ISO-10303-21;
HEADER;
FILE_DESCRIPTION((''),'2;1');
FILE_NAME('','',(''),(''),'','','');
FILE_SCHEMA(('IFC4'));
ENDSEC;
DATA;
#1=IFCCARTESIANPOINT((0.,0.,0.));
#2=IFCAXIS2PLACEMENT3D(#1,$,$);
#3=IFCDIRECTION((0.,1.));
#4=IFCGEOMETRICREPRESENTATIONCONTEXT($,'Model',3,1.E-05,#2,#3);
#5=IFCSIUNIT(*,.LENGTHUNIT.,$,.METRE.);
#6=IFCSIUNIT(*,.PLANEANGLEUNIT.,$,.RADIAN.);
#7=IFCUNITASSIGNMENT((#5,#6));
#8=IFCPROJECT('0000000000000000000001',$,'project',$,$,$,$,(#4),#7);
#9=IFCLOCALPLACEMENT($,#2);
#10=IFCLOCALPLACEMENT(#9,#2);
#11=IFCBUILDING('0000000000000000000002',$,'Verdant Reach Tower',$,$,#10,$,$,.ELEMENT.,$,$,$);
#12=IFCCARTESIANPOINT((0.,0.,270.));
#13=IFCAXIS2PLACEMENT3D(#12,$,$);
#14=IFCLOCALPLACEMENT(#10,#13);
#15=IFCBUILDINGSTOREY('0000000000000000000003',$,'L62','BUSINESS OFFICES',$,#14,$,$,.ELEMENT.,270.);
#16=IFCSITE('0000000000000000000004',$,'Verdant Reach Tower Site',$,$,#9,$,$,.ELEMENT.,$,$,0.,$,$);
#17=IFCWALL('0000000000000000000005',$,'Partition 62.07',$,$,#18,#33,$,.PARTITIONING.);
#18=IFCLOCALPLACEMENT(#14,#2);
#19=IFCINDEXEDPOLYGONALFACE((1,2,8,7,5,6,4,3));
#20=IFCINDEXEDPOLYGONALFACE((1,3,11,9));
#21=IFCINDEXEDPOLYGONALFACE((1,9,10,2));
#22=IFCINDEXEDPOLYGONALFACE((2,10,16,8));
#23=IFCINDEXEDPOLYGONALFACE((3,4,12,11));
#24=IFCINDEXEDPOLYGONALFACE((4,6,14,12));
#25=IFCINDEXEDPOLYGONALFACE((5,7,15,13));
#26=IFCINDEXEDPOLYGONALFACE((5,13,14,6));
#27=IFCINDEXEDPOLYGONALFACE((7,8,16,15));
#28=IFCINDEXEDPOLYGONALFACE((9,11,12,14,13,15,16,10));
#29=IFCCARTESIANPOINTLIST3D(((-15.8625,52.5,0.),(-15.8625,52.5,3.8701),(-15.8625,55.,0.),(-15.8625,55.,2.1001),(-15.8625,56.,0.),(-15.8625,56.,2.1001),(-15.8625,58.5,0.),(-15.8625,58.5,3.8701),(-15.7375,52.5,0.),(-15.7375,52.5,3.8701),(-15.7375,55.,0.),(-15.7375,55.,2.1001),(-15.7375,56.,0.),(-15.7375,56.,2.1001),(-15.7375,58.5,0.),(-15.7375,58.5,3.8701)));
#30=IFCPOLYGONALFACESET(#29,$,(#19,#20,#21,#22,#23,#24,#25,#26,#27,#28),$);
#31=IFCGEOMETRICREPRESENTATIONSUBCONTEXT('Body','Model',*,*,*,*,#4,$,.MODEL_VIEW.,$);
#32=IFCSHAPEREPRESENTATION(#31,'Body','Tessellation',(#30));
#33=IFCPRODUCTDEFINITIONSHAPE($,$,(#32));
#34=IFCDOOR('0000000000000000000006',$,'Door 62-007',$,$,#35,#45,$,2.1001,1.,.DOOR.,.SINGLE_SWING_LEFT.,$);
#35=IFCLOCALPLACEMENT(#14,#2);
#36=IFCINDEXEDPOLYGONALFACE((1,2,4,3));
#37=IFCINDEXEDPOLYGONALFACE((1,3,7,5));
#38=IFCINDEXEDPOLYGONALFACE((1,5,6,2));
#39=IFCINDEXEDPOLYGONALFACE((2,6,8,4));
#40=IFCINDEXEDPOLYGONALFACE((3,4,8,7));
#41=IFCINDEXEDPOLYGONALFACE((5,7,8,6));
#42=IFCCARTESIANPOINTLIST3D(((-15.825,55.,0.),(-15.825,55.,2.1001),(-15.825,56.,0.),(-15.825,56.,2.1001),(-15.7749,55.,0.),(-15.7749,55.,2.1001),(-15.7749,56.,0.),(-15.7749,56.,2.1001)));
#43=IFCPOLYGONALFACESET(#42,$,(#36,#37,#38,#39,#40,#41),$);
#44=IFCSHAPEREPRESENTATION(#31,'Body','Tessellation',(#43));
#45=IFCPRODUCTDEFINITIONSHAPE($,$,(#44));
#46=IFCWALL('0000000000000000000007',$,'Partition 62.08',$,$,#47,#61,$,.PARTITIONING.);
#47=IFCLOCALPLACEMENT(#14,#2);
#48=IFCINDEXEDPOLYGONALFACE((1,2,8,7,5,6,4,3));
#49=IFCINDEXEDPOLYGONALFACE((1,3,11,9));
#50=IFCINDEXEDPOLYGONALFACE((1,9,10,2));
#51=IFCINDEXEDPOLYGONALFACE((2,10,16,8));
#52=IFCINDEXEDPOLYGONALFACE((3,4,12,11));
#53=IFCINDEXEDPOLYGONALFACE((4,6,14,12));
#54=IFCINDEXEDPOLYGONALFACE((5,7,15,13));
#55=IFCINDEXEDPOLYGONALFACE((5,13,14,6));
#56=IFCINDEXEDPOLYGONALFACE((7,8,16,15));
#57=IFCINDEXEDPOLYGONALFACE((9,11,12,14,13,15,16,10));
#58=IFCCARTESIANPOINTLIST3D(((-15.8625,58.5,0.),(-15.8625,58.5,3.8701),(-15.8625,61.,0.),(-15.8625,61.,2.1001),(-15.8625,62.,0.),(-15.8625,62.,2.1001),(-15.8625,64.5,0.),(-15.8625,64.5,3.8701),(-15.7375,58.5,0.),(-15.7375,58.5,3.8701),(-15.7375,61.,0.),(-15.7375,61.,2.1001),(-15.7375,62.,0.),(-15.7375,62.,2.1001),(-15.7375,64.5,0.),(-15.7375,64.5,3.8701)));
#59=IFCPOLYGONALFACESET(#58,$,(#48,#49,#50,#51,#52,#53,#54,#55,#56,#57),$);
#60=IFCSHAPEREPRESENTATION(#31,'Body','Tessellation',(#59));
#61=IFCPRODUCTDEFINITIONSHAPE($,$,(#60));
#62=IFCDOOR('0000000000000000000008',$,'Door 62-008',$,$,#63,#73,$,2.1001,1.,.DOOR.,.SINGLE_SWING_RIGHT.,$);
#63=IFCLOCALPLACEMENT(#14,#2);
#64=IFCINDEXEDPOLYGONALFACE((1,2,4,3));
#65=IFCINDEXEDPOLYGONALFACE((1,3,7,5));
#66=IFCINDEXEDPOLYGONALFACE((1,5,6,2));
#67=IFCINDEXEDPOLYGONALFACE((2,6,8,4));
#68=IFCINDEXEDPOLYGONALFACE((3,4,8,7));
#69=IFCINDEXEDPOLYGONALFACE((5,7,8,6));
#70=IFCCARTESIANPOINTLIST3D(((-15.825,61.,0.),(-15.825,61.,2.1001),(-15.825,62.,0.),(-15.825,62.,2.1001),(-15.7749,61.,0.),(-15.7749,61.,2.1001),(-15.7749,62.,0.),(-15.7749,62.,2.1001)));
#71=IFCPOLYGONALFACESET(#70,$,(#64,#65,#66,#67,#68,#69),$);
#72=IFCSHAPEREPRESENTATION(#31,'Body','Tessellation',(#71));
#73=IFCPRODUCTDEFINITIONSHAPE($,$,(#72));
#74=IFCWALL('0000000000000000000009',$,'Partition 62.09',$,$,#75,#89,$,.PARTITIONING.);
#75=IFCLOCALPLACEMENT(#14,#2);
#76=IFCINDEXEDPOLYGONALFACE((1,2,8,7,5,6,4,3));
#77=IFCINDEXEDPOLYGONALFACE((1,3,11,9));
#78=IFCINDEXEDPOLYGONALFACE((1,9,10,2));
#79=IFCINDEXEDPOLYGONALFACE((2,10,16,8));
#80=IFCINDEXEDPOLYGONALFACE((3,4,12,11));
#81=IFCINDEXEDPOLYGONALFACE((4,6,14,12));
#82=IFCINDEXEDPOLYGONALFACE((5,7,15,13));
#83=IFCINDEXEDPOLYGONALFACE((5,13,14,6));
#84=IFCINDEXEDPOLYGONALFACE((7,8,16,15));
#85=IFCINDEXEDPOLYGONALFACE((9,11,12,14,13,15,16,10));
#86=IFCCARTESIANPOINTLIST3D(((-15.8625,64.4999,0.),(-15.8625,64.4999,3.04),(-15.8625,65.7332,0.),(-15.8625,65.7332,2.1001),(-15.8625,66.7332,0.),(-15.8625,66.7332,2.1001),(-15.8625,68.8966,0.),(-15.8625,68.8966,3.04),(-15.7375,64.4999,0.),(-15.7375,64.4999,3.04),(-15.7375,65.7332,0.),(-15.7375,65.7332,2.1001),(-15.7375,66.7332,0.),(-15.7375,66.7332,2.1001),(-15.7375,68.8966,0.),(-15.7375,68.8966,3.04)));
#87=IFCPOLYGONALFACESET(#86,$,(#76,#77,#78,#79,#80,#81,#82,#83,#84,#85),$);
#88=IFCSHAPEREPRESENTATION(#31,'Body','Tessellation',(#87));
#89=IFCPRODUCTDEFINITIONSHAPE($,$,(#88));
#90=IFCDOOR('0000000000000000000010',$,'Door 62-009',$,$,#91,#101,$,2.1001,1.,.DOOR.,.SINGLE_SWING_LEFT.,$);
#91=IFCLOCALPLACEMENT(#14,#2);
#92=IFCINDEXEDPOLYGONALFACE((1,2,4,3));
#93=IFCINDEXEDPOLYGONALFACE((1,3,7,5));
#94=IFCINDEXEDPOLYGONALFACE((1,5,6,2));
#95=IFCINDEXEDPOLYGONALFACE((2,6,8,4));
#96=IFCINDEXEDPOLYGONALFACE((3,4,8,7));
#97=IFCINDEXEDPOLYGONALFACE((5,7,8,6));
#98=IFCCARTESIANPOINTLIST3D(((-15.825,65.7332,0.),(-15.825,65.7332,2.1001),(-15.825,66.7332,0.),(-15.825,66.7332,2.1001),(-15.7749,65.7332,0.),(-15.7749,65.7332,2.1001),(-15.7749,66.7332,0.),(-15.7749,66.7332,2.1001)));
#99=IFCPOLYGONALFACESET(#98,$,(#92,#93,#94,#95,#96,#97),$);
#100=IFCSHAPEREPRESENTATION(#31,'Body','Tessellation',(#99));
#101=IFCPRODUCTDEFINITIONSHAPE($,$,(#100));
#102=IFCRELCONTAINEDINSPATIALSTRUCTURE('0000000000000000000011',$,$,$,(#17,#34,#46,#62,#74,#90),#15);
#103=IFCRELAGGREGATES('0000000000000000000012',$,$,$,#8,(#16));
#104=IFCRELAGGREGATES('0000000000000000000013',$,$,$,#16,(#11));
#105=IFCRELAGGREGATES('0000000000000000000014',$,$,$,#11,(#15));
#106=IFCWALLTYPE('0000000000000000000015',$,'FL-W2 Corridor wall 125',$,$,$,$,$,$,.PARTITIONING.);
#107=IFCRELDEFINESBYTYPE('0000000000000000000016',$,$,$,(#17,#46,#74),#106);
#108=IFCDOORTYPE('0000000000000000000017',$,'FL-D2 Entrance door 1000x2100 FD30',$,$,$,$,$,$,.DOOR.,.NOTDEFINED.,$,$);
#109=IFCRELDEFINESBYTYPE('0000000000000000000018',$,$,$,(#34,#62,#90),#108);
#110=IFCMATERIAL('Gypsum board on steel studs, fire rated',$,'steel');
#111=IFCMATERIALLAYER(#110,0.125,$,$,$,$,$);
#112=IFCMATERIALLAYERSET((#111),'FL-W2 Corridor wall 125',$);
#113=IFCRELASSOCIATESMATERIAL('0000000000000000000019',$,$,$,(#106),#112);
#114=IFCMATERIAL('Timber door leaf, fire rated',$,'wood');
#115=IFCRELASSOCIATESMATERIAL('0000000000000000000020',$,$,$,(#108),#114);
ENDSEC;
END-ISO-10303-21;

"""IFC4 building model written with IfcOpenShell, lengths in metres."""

from ifc_helpers import new_model, si_unit, direction, frame, frame_2d, origin, place, context, subcontext, project, spatial, rectangle, extrude, material, layer, layer_set, type_object, element, fill, save


model = new_model("IFC4")

# Units and contexts
model_context = context("Model", 3, precision=1e-05, world=origin(), true_north=direction((0.0, 1.0)))
body_context = subcontext(model_context, "Body", "Model", "MODEL_VIEW")
ifc_project = project(units=[si_unit("LENGTHUNIT", "METRE"), si_unit("PLANEANGLEUNIT", "RADIAN")], contexts=[model_context])

# Site, building, storey
site_placement = place(None, origin())
site = spatial("IfcSite", under=ifc_project, at=site_placement, Name="Verdant Reach Tower Site", CompositionType="ELEMENT", RefElevation=0.0)
building_placement = place(site_placement, origin())
building = spatial("IfcBuilding", under=site, at=building_placement, Name="Verdant Reach Tower", CompositionType="ELEMENT")
storey_placement = place(building_placement, frame((0.0, 0.0, 270.0)))
storey = spatial("IfcBuildingStorey", under=building, at=storey_placement, Name="L62", Description="BUSINESS OFFICES", CompositionType="ELEMENT", Elevation=270.0)

# Walls, openings, doors
ifc_material_1 = material(Name="Gypsum board on steel studs, fire rated", Category="steel")
ifc_layer_1 = layer(ifc_material_1, 0.125)
ifc_layer_set_1 = layer_set([ifc_layer_1], Name="FL-W2 Corridor wall 125")
wall_type_1 = type_object("IfcWallType", Name="FL-W2 Corridor wall 125", PredefinedType="PARTITIONING", material=ifc_layer_set_1)
wall_1_placement = place(storey_placement, frame((-15.8, 52.5, 0.0), z_axis=(0.0, 0.0, 1.0), x_axis=(0.0, 1.0, 0.0)))
wall_1 = element("IfcWall", 1, at=wall_1_placement, inside=storey, type_object=wall_type_1, Name="Partition 62.07", PredefinedType="PARTITIONING", context=body_context, shape_type="SweptSolid", body=[
    extrude(rectangle(XDim=6.0, YDim=0.125, at=frame_2d((3.0, 0.0))), origin(), (0.0, 0.0, 1.0), 3.8701),
])
opening_1_placement = place(wall_1_placement, frame((2.5, 0.0, 0.0)))
opening_1 = element("IfcOpeningElement", 2, at=opening_1_placement, cuts=wall_1, PredefinedType="OPENING", context=body_context, shape_type="SweptSolid", body=[
    extrude(rectangle(XDim=1.0, YDim=2.1001, at=frame_2d((0.5, 1.05))), frame((0.0, 0.0725, 0.0), z_axis=(0.0, -1.0, 0.0), x_axis=(1.0, 0.0, 0.0)), (0.0, 0.0, 1.0), 0.145),
])
ifc_material_2 = material(Name="Timber door leaf, fire rated", Category="wood")
door_type = type_object("IfcDoorType", Name="FL-D2 Entrance door 1000x2100 FD30", OperationType="NOTDEFINED", PredefinedType="DOOR", material=ifc_material_2)
door_1_placement = place(opening_1_placement, origin())
door_1 = element("IfcDoor", 3, at=door_1_placement, inside=storey, type_object=door_type, Name="Door 62-007", OperationType="SINGLE_SWING_LEFT", OverallHeight=2.1001, OverallWidth=1.0, PredefinedType="DOOR", context=body_context, shape_type="SweptSolid", body=[
    extrude(rectangle(XDim=1.0, YDim=2.1001, at=frame_2d((0.5, 1.05))), frame((0.0, 0.0249, 0.0), z_axis=(0.0, -1.0, 0.0), x_axis=(1.0, 0.0, 0.0)), (0.0, 0.0, 1.0), 0.05),
])
fill(opening_1, door_1)
wall_2_placement = place(storey_placement, frame((-15.8, 58.5, 0.0), z_axis=(0.0, 0.0, 1.0), x_axis=(0.0, 1.0, 0.0)))
wall_2 = element("IfcWall", 4, at=wall_2_placement, inside=storey, type_object=wall_type_1, Name="Partition 62.08", PredefinedType="PARTITIONING", context=body_context, shape_type="SweptSolid", body=[
    extrude(rectangle(XDim=6.0, YDim=0.125, at=frame_2d((3.0, 0.0))), origin(), (0.0, 0.0, 1.0), 3.8701),
])
opening_2_placement = place(wall_2_placement, frame((2.5, 0.0, 0.0)))
opening_2 = element("IfcOpeningElement", 5, at=opening_2_placement, cuts=wall_2, PredefinedType="OPENING", context=body_context, shape_type="SweptSolid", body=[
    extrude(rectangle(XDim=1.0, YDim=2.1001, at=frame_2d((0.5, 1.05))), frame((0.0, 0.0725, 0.0), z_axis=(0.0, -1.0, 0.0), x_axis=(1.0, 0.0, 0.0)), (0.0, 0.0, 1.0), 0.145),
])
door_2_placement = place(opening_2_placement, origin())
door_2 = element("IfcDoor", 6, at=door_2_placement, inside=storey, type_object=door_type, Name="Door 62-008", OperationType="SINGLE_SWING_RIGHT", OverallHeight=2.1001, OverallWidth=1.0, PredefinedType="DOOR", context=body_context, shape_type="SweptSolid", body=[
    extrude(rectangle(XDim=1.0, YDim=2.1001, at=frame_2d((0.5, 1.05))), frame((0.0, 0.0249, 0.0), z_axis=(0.0, -1.0, 0.0), x_axis=(1.0, 0.0, 0.0)), (0.0, 0.0, 1.0), 0.05),
])
fill(opening_2, door_2)
wall_3_placement = place(storey_placement, frame((-15.8, 64.5, 0.0), z_axis=(0.0, 0.0, 1.0), x_axis=(0.0, 1.0, 0.0)))
wall_3 = element("IfcWall", 7, at=wall_3_placement, inside=storey, type_object=wall_type_1, Name="Partition 62.09", PredefinedType="PARTITIONING", context=body_context, shape_type="SweptSolid", body=[
    extrude(rectangle(XDim=4.3967, YDim=0.125, at=frame_2d((2.1982, 0.0))), origin(), (0.0, 0.0, 1.0), 3.04),
])
opening_3_placement = place(wall_3_placement, frame((1.2332, 0.0, 0.0)))
opening_3 = element("IfcOpeningElement", 8, at=opening_3_placement, cuts=wall_3, PredefinedType="OPENING", context=body_context, shape_type="SweptSolid", body=[
    extrude(rectangle(XDim=1.0, YDim=2.1001, at=frame_2d((0.5, 1.05))), frame((0.0, 0.0725, 0.0), z_axis=(0.0, -1.0, 0.0), x_axis=(1.0, 0.0, 0.0)), (0.0, 0.0, 1.0), 0.145),
])
door_3_placement = place(opening_3_placement, origin())
door_3 = element("IfcDoor", 9, at=door_3_placement, inside=storey, type_object=door_type, Name="Door 62-009", OperationType="SINGLE_SWING_LEFT", OverallHeight=2.1001, OverallWidth=1.0, PredefinedType="DOOR", context=body_context, shape_type="SweptSolid", body=[
    extrude(rectangle(XDim=1.0, YDim=2.1001, at=frame_2d((0.5, 1.05))), frame((0.0, 0.0249, 0.0), z_axis=(0.0, -1.0, 0.0), x_axis=(1.0, 0.0, 0.0)), (0.0, 0.0, 1.0), 0.05),
])
fill(opening_3, door_3)

save(model, "model.ifc")
